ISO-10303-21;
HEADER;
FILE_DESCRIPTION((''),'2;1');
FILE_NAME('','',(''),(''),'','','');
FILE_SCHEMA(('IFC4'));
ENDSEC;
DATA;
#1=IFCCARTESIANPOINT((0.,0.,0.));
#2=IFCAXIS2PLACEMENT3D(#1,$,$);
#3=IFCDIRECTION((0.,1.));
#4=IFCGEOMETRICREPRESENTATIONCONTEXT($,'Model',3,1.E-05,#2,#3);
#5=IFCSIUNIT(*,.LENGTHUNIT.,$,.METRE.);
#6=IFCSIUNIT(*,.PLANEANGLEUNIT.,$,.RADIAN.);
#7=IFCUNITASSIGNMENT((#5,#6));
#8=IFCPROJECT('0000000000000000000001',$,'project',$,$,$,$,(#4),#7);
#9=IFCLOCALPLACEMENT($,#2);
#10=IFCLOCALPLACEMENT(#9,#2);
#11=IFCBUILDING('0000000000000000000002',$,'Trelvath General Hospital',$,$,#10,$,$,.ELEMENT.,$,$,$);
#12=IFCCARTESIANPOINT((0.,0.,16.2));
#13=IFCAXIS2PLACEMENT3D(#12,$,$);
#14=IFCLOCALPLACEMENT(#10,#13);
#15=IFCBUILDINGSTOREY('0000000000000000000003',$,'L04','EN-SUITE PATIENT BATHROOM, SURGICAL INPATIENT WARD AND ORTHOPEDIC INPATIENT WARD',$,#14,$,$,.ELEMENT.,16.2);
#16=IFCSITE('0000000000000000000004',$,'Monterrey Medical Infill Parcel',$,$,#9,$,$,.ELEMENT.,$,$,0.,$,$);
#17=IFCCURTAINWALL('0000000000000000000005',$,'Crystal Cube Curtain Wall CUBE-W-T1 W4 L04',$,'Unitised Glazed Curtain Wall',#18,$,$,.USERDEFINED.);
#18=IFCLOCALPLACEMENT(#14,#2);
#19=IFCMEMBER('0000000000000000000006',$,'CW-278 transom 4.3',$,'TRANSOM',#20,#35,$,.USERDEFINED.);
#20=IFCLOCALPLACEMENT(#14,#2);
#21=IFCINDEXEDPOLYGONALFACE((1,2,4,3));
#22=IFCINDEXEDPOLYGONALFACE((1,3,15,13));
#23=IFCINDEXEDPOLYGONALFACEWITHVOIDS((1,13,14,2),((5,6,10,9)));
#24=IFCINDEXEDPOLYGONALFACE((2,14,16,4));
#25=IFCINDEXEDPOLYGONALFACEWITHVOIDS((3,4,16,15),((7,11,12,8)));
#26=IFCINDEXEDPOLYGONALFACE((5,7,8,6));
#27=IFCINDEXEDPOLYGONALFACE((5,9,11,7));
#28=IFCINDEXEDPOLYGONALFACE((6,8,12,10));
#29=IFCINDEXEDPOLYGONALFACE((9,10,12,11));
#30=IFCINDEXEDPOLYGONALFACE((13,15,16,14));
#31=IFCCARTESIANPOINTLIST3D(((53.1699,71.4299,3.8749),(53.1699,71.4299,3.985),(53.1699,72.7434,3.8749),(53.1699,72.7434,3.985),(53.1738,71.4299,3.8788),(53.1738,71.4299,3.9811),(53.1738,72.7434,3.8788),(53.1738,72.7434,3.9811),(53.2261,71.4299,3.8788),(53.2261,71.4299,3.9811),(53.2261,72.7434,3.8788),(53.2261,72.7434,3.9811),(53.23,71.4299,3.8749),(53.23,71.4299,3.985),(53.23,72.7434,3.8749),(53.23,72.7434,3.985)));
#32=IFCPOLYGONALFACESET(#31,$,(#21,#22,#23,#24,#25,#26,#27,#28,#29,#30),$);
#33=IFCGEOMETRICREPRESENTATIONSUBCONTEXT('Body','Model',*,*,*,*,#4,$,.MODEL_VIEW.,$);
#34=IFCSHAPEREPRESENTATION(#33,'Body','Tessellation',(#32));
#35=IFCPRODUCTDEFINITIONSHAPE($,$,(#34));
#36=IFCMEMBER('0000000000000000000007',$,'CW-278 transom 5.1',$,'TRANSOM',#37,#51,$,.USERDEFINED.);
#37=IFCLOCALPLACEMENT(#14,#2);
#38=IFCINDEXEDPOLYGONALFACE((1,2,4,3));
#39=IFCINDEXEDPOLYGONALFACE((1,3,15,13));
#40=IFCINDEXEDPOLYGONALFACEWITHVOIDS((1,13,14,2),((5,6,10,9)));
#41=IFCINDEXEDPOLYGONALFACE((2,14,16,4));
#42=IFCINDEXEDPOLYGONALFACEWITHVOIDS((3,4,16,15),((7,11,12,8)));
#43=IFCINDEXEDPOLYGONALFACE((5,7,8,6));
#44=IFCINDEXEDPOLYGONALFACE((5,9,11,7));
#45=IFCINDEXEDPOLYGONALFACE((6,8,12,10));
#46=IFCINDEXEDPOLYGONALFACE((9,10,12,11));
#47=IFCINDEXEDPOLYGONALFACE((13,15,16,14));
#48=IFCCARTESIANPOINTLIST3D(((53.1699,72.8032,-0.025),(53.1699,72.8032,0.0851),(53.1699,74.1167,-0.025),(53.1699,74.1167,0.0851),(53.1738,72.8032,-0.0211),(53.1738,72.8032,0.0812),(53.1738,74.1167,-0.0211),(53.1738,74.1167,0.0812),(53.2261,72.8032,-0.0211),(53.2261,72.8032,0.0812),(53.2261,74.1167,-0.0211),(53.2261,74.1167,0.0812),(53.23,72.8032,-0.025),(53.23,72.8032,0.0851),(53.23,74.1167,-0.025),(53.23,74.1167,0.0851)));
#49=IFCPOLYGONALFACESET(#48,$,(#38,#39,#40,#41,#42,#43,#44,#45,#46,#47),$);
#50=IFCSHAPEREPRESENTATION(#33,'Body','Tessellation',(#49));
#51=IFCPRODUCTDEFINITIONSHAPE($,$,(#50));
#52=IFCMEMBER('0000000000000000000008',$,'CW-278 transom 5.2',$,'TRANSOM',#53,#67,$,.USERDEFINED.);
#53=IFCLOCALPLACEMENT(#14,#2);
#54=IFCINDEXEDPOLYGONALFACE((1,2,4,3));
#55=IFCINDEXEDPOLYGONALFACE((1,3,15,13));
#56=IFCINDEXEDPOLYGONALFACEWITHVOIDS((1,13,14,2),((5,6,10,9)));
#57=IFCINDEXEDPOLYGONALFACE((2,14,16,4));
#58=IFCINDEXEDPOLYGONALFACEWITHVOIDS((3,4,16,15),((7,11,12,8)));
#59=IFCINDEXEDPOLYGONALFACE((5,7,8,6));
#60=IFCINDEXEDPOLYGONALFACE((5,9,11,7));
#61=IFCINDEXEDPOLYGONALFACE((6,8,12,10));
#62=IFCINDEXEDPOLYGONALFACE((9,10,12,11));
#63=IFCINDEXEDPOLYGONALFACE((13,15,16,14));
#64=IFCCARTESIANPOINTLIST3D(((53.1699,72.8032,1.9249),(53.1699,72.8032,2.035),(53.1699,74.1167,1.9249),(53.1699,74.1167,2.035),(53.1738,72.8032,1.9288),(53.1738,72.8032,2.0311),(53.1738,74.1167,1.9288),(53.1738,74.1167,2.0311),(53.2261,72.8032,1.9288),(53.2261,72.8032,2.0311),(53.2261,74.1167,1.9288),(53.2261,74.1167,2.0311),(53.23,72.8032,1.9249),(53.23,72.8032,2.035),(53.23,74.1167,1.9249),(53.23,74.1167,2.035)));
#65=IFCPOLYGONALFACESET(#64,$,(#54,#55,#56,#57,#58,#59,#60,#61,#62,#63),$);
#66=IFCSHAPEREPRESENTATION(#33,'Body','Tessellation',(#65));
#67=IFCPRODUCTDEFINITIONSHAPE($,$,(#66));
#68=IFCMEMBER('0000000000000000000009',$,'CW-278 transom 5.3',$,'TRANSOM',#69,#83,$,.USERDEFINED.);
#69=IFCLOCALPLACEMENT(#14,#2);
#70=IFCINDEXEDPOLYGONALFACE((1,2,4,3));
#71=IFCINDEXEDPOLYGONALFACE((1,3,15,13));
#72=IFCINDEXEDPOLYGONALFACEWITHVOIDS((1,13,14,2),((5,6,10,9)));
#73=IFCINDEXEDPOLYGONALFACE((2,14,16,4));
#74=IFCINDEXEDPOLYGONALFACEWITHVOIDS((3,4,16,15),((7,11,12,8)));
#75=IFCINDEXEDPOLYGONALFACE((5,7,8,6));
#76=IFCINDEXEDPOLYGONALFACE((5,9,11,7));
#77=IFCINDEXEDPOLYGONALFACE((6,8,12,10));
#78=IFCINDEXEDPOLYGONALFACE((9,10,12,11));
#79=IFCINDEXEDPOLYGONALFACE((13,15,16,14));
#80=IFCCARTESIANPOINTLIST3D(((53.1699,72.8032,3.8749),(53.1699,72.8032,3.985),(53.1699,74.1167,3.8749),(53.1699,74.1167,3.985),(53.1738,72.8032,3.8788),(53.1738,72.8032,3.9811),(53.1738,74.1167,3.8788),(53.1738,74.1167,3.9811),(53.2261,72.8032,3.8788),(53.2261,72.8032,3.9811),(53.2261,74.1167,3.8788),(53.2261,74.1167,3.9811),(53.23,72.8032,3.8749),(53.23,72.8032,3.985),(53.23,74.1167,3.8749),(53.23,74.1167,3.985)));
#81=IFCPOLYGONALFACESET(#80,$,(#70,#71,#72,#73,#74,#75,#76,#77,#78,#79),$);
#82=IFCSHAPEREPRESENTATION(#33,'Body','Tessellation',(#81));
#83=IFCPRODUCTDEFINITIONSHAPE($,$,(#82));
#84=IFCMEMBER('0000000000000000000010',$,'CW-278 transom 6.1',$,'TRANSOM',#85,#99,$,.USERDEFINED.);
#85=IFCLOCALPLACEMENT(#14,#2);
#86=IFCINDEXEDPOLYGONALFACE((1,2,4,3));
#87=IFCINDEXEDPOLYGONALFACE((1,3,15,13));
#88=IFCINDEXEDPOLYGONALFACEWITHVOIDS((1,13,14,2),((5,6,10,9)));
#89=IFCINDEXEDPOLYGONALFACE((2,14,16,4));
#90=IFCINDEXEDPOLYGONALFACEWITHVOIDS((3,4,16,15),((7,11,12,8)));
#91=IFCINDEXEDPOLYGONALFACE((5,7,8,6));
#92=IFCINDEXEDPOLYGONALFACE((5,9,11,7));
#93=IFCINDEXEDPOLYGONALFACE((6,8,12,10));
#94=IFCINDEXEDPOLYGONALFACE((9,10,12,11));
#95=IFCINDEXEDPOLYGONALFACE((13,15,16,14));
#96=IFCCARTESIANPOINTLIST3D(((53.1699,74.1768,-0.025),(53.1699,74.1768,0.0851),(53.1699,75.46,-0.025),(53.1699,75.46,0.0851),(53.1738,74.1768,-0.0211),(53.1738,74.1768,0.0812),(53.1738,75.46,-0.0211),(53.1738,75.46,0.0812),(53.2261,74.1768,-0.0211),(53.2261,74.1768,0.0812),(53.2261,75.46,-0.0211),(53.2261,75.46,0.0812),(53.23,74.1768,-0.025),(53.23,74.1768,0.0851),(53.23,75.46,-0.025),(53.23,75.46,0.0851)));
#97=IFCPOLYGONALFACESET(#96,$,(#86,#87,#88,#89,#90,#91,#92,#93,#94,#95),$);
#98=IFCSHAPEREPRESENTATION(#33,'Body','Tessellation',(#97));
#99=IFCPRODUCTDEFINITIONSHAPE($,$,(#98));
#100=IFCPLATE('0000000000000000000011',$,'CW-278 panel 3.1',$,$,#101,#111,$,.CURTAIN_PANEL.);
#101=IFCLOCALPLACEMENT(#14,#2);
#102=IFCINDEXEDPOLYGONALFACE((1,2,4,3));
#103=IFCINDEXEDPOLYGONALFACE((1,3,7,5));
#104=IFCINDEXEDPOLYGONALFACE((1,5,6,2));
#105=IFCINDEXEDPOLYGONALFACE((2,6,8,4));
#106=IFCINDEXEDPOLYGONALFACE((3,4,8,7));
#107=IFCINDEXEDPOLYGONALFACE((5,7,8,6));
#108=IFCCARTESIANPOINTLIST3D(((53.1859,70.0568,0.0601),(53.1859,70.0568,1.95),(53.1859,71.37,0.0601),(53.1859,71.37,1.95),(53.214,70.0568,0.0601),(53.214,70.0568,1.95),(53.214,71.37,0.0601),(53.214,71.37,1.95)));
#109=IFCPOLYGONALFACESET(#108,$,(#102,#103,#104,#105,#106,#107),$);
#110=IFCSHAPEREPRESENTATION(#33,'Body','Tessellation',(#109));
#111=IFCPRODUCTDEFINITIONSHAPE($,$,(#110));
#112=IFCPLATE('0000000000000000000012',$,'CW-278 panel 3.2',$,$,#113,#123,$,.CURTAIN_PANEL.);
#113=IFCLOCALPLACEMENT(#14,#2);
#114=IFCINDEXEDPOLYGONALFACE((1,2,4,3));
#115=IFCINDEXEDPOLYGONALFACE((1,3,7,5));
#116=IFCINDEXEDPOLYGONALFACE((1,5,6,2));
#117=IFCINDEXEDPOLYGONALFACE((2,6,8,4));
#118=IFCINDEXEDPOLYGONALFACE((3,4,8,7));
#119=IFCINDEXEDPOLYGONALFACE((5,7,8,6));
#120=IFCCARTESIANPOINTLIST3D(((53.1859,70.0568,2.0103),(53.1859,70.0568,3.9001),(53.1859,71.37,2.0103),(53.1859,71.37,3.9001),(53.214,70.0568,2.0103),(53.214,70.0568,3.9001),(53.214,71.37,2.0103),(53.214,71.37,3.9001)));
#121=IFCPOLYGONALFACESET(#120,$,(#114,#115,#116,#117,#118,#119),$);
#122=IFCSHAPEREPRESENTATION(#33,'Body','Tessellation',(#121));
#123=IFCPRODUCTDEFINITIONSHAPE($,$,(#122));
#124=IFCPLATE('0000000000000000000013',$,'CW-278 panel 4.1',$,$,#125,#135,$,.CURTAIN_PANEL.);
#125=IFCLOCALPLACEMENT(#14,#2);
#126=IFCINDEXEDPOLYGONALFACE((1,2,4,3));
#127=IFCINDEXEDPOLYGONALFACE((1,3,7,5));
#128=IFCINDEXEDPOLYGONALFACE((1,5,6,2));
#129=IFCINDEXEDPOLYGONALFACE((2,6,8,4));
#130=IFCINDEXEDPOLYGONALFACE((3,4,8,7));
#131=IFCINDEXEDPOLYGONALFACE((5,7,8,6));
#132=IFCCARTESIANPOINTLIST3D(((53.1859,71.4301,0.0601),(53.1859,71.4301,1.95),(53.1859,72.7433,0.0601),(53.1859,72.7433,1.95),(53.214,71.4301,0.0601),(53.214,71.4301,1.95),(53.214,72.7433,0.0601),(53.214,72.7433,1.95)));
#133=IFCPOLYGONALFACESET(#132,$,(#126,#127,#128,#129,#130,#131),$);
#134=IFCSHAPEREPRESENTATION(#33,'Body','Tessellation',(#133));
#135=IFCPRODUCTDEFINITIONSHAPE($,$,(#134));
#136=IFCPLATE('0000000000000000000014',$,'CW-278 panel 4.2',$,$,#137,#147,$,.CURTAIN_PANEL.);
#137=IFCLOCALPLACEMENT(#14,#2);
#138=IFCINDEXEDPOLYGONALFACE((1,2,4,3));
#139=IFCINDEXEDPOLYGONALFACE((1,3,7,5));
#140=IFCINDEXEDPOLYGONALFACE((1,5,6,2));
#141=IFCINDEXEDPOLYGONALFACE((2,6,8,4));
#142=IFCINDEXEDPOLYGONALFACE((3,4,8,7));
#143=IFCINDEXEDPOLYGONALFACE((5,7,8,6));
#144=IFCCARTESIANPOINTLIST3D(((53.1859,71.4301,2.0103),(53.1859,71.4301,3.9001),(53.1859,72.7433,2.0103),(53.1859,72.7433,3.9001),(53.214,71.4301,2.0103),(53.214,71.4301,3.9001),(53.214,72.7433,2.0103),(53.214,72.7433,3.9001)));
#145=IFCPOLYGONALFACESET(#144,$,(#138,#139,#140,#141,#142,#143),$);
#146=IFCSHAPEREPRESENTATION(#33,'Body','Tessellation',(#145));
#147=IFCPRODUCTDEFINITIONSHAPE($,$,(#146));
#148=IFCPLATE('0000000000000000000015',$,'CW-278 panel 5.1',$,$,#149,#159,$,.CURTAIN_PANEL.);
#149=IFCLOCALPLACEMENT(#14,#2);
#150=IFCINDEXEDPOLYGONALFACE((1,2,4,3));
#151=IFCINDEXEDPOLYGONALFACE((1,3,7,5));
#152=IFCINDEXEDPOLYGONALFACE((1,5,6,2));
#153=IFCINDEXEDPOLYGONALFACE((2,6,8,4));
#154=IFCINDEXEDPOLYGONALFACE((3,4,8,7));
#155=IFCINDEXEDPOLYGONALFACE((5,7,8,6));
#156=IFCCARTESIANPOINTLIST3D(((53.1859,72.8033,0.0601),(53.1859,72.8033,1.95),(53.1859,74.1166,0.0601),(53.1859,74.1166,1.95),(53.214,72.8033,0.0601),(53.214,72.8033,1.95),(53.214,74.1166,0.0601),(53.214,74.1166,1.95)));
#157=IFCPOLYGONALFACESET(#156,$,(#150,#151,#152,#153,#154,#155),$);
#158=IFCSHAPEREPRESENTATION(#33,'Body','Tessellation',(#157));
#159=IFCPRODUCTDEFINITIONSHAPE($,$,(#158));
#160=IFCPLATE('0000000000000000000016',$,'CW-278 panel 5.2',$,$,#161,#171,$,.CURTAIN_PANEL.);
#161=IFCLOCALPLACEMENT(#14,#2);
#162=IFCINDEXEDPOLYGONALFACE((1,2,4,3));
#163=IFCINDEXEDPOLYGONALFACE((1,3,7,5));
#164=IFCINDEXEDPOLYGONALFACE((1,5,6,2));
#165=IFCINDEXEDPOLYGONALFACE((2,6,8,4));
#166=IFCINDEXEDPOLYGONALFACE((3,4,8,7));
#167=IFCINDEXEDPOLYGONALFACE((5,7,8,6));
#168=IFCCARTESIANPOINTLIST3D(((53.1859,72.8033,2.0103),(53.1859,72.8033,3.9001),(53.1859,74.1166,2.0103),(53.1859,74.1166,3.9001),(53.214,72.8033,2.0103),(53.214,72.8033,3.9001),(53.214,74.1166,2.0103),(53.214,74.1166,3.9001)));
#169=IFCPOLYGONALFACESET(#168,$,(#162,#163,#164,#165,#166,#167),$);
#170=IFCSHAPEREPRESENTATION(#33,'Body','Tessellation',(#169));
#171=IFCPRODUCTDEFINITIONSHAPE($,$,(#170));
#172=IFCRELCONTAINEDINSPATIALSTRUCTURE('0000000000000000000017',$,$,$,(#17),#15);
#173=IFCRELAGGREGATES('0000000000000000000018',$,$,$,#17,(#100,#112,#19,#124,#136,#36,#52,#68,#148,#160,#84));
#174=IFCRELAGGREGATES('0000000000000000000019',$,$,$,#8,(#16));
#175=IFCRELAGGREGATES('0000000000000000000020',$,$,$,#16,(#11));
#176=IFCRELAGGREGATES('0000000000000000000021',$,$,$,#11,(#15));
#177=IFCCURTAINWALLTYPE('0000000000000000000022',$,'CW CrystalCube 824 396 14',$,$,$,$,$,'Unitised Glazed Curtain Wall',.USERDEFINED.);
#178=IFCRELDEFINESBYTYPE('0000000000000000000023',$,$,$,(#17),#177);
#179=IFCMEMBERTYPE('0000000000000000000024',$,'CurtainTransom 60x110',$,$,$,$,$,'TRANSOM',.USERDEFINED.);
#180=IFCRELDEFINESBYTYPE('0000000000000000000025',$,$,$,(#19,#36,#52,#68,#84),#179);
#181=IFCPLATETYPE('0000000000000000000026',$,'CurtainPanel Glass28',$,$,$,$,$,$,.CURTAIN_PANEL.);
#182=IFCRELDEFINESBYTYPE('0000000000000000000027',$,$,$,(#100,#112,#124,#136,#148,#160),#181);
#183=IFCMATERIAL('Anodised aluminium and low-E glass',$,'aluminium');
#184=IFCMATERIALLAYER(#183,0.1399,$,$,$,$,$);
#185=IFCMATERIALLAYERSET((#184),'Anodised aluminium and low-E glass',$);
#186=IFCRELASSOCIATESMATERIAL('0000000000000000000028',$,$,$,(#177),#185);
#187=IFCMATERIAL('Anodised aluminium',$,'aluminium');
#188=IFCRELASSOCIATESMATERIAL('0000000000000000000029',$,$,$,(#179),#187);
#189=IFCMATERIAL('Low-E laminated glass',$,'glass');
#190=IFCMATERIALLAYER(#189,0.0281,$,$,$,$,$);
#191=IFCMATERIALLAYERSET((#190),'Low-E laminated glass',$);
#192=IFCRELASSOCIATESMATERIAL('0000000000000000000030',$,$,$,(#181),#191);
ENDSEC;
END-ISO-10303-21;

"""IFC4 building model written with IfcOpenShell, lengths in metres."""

from ifc_helpers import new_model, si_unit, direction, frame, origin, origin_2d, place, context, subcontext, project, spatial, rectangle, hollow_rectangle, extrude, material, layer, layer_set, material_profile, profile_set, type_object, element, aggregate, save


model = new_model("IFC4")

# Units and contexts
model_context = context("Model", 3, precision=1e-05, world=origin(), true_north=direction((0.0, 1.0)))
body_context = subcontext(model_context, "Body", "Model", "MODEL_VIEW")
ifc_project = project(units=[si_unit("LENGTHUNIT", "METRE"), si_unit("PLANEANGLEUNIT", "RADIAN")], contexts=[model_context])

# Site, building, storey
site_placement = place(None, origin())
site = spatial("IfcSite", under=ifc_project, at=site_placement, Name="Monterrey Medical Infill Parcel", CompositionType="ELEMENT", RefElevation=0.0)
building_placement = place(site_placement, origin())
building = spatial("IfcBuilding", under=site, at=building_placement, Name="Trelvath General Hospital", CompositionType="ELEMENT")
storey_placement = place(building_placement, frame((0.0, 0.0, 16.2)))
storey = spatial("IfcBuildingStorey", under=building, at=storey_placement, Name="L04", Description="EN-SUITE PATIENT BATHROOM, SURGICAL INPATIENT WARD AND ORTHOPEDIC INPATIENT WARD", CompositionType="ELEMENT", Elevation=16.2)

# Curtain wall, members, plates
ifc_material_1 = material(Name="Anodised aluminium and low-E glass", Category="aluminium")
ifc_layer_1 = layer(ifc_material_1, 0.1399)
ifc_layer_set_1 = layer_set([ifc_layer_1], Name="Anodised aluminium and low-E glass")
curtain_wall_type = type_object("IfcCurtainWallType", Name="CW CrystalCube 824 396 14", ElementType="Unitised Glazed Curtain Wall", PredefinedType="USERDEFINED", material=ifc_layer_set_1)
curtain_wall_placement = place(storey_placement, origin())
curtain_wall = element("IfcCurtainWall", 1, at=curtain_wall_placement, inside=storey, type_object=curtain_wall_type, Name="Crystal Cube Curtain Wall CUBE-W-T1 W4 L04", ObjectType="Unitised Glazed Curtain Wall", PredefinedType="USERDEFINED")
ifc_material_2 = material(Name="Anodised aluminium", Category="aluminium")
ifc_material_profile_1 = material_profile(ifc_material_2, hollow_rectangle(XDim=0.0601, YDim=0.1101, WallThickness=0.0039, at=origin_2d()), Name="RHS60x110x4")
ifc_profile_set_1 = profile_set([ifc_material_profile_1], Name="Anodised aluminium")
member_type_1 = type_object("IfcMemberType", Name="CurtainTransom 60x110", ElementType="TRANSOM", PredefinedType="USERDEFINED", material=ifc_profile_set_1)
member_1_placement = place(storey_placement, frame((53.2, 71.4299, 3.9299), z_axis=(0.0, 1.0, 0.0), x_axis=(-1.0, 0.0, 0.0)))
member_1 = element("IfcMember", 2, at=member_1_placement, type_object=member_type_1, Name="CW-278 transom 4.3", ObjectType="TRANSOM", PredefinedType="USERDEFINED", context=body_context, shape_type="SweptSolid", body=[
    extrude(hollow_rectangle(XDim=0.0601, YDim=0.1101, WallThickness=0.0039, at=origin_2d()), origin(), (0.0, 0.0, 1.0), 1.3135),
])
member_2_placement = place(storey_placement, frame((53.2, 72.8032, 0.03), z_axis=(0.0, 1.0, 0.0), x_axis=(-1.0, 0.0, 0.0)))
member_2 = element("IfcMember", 3, at=member_2_placement, type_object=member_type_1, Name="CW-278 transom 5.1", ObjectType="TRANSOM", PredefinedType="USERDEFINED", context=body_context, shape_type="SweptSolid", body=[
    extrude(hollow_rectangle(XDim=0.0601, YDim=0.1101, WallThickness=0.0039, at=origin_2d()), origin(), (0.0, 0.0, 1.0), 1.3135),
])
member_3_placement = place(storey_placement, frame((53.2, 72.8032, 1.98), z_axis=(0.0, 1.0, 0.0), x_axis=(-1.0, 0.0, 0.0)))
member_3 = element("IfcMember", 4, at=member_3_placement, type_object=member_type_1, Name="CW-278 transom 5.2", ObjectType="TRANSOM", PredefinedType="USERDEFINED", context=body_context, shape_type="SweptSolid", body=[
    extrude(hollow_rectangle(XDim=0.0601, YDim=0.1101, WallThickness=0.0039, at=origin_2d()), origin(), (0.0, 0.0, 1.0), 1.3135),
])
member_4_placement = place(storey_placement, frame((53.2, 72.8032, 3.9299), z_axis=(0.0, 1.0, 0.0), x_axis=(-1.0, 0.0, 0.0)))
member_4 = element("IfcMember", 5, at=member_4_placement, type_object=member_type_1, Name="CW-278 transom 5.3", ObjectType="TRANSOM", PredefinedType="USERDEFINED", context=body_context, shape_type="SweptSolid", body=[
    extrude(hollow_rectangle(XDim=0.0601, YDim=0.1101, WallThickness=0.0039, at=origin_2d()), origin(), (0.0, 0.0, 1.0), 1.3135),
])
member_5_placement = place(storey_placement, frame((53.2, 74.1768, 0.03), z_axis=(0.0, 1.0, 0.0), x_axis=(-1.0, 0.0, 0.0)))
member_5 = element("IfcMember", 6, at=member_5_placement, type_object=member_type_1, Name="CW-278 transom 6.1", ObjectType="TRANSOM", PredefinedType="USERDEFINED", context=body_context, shape_type="SweptSolid", body=[
    extrude(hollow_rectangle(XDim=0.0601, YDim=0.1101, WallThickness=0.0039, at=origin_2d()), origin(), (0.0, 0.0, 1.0), 1.2832),
])
ifc_material_3 = material(Name="Low-E laminated glass", Category="glass")
ifc_layer_2 = layer(ifc_material_3, 0.0281)
ifc_layer_set_2 = layer_set([ifc_layer_2], Name="Low-E laminated glass")
plate_type = type_object("IfcPlateType", Name="CurtainPanel Glass28", PredefinedType="CURTAIN_PANEL", material=ifc_layer_set_2)
plate_1_placement = place(storey_placement, frame((53.2, 70.7134, 0.0601), z_axis=(0.0, 0.0, 1.0), x_axis=(0.0, 1.0, 0.0)))
plate_1 = element("IfcPlate", 7, at=plate_1_placement, type_object=plate_type, Name="CW-278 panel 3.1", PredefinedType="CURTAIN_PANEL", context=body_context, shape_type="SweptSolid", body=[
    extrude(rectangle(XDim=1.3132, YDim=0.0281, at=origin_2d()), origin(), (0.0, 0.0, 1.0), 1.8899),
])
plate_2_placement = place(storey_placement, frame((53.2, 70.7134, 2.0103), z_axis=(0.0, 0.0, 1.0), x_axis=(0.0, 1.0, 0.0)))
plate_2 = element("IfcPlate", 8, at=plate_2_placement, type_object=plate_type, Name="CW-278 panel 3.2", PredefinedType="CURTAIN_PANEL", context=body_context, shape_type="SweptSolid", body=[
    extrude(rectangle(XDim=1.3132, YDim=0.0281, at=origin_2d()), origin(), (0.0, 0.0, 1.0), 1.8899),
])
plate_3_placement = place(storey_placement, frame((53.2, 72.0867, 0.0601), z_axis=(0.0, 0.0, 1.0), x_axis=(0.0, 1.0, 0.0)))
plate_3 = element("IfcPlate", 9, at=plate_3_placement, type_object=plate_type, Name="CW-278 panel 4.1", PredefinedType="CURTAIN_PANEL", context=body_context, shape_type="SweptSolid", body=[
    extrude(rectangle(XDim=1.3132, YDim=0.0281, at=origin_2d()), origin(), (0.0, 0.0, 1.0), 1.8899),
])
plate_4_placement = place(storey_placement, frame((53.2, 72.0867, 2.0103), z_axis=(0.0, 0.0, 1.0), x_axis=(0.0, 1.0, 0.0)))
plate_4 = element("IfcPlate", 10, at=plate_4_placement, type_object=plate_type, Name="CW-278 panel 4.2", PredefinedType="CURTAIN_PANEL", context=body_context, shape_type="SweptSolid", body=[
    extrude(rectangle(XDim=1.3132, YDim=0.0281, at=origin_2d()), origin(), (0.0, 0.0, 1.0), 1.8899),
])
plate_5_placement = place(storey_placement, frame((53.2, 73.46, 0.0601), z_axis=(0.0, 0.0, 1.0), x_axis=(0.0, 1.0, 0.0)))
plate_5 = element("IfcPlate", 11, at=plate_5_placement, type_object=plate_type, Name="CW-278 panel 5.1", PredefinedType="CURTAIN_PANEL", context=body_context, shape_type="SweptSolid", body=[
    extrude(rectangle(XDim=1.3132, YDim=0.0281, at=origin_2d()), origin(), (0.0, 0.0, 1.0), 1.8899),
])
plate_6_placement = place(storey_placement, frame((53.2, 73.46, 2.0103), z_axis=(0.0, 0.0, 1.0), x_axis=(0.0, 1.0, 0.0)))
plate_6 = element("IfcPlate", 12, at=plate_6_placement, type_object=plate_type, Name="CW-278 panel 5.2", PredefinedType="CURTAIN_PANEL", context=body_context, shape_type="SweptSolid", body=[
    extrude(rectangle(XDim=1.3132, YDim=0.0281, at=origin_2d()), origin(), (0.0, 0.0, 1.0), 1.8899),
])
aggregate(curtain_wall, [plate_1, plate_2, member_1, plate_3, plate_4, member_2, member_3, member_4, plate_5, plate_6, member_5])

save(model, "model.ifc")
